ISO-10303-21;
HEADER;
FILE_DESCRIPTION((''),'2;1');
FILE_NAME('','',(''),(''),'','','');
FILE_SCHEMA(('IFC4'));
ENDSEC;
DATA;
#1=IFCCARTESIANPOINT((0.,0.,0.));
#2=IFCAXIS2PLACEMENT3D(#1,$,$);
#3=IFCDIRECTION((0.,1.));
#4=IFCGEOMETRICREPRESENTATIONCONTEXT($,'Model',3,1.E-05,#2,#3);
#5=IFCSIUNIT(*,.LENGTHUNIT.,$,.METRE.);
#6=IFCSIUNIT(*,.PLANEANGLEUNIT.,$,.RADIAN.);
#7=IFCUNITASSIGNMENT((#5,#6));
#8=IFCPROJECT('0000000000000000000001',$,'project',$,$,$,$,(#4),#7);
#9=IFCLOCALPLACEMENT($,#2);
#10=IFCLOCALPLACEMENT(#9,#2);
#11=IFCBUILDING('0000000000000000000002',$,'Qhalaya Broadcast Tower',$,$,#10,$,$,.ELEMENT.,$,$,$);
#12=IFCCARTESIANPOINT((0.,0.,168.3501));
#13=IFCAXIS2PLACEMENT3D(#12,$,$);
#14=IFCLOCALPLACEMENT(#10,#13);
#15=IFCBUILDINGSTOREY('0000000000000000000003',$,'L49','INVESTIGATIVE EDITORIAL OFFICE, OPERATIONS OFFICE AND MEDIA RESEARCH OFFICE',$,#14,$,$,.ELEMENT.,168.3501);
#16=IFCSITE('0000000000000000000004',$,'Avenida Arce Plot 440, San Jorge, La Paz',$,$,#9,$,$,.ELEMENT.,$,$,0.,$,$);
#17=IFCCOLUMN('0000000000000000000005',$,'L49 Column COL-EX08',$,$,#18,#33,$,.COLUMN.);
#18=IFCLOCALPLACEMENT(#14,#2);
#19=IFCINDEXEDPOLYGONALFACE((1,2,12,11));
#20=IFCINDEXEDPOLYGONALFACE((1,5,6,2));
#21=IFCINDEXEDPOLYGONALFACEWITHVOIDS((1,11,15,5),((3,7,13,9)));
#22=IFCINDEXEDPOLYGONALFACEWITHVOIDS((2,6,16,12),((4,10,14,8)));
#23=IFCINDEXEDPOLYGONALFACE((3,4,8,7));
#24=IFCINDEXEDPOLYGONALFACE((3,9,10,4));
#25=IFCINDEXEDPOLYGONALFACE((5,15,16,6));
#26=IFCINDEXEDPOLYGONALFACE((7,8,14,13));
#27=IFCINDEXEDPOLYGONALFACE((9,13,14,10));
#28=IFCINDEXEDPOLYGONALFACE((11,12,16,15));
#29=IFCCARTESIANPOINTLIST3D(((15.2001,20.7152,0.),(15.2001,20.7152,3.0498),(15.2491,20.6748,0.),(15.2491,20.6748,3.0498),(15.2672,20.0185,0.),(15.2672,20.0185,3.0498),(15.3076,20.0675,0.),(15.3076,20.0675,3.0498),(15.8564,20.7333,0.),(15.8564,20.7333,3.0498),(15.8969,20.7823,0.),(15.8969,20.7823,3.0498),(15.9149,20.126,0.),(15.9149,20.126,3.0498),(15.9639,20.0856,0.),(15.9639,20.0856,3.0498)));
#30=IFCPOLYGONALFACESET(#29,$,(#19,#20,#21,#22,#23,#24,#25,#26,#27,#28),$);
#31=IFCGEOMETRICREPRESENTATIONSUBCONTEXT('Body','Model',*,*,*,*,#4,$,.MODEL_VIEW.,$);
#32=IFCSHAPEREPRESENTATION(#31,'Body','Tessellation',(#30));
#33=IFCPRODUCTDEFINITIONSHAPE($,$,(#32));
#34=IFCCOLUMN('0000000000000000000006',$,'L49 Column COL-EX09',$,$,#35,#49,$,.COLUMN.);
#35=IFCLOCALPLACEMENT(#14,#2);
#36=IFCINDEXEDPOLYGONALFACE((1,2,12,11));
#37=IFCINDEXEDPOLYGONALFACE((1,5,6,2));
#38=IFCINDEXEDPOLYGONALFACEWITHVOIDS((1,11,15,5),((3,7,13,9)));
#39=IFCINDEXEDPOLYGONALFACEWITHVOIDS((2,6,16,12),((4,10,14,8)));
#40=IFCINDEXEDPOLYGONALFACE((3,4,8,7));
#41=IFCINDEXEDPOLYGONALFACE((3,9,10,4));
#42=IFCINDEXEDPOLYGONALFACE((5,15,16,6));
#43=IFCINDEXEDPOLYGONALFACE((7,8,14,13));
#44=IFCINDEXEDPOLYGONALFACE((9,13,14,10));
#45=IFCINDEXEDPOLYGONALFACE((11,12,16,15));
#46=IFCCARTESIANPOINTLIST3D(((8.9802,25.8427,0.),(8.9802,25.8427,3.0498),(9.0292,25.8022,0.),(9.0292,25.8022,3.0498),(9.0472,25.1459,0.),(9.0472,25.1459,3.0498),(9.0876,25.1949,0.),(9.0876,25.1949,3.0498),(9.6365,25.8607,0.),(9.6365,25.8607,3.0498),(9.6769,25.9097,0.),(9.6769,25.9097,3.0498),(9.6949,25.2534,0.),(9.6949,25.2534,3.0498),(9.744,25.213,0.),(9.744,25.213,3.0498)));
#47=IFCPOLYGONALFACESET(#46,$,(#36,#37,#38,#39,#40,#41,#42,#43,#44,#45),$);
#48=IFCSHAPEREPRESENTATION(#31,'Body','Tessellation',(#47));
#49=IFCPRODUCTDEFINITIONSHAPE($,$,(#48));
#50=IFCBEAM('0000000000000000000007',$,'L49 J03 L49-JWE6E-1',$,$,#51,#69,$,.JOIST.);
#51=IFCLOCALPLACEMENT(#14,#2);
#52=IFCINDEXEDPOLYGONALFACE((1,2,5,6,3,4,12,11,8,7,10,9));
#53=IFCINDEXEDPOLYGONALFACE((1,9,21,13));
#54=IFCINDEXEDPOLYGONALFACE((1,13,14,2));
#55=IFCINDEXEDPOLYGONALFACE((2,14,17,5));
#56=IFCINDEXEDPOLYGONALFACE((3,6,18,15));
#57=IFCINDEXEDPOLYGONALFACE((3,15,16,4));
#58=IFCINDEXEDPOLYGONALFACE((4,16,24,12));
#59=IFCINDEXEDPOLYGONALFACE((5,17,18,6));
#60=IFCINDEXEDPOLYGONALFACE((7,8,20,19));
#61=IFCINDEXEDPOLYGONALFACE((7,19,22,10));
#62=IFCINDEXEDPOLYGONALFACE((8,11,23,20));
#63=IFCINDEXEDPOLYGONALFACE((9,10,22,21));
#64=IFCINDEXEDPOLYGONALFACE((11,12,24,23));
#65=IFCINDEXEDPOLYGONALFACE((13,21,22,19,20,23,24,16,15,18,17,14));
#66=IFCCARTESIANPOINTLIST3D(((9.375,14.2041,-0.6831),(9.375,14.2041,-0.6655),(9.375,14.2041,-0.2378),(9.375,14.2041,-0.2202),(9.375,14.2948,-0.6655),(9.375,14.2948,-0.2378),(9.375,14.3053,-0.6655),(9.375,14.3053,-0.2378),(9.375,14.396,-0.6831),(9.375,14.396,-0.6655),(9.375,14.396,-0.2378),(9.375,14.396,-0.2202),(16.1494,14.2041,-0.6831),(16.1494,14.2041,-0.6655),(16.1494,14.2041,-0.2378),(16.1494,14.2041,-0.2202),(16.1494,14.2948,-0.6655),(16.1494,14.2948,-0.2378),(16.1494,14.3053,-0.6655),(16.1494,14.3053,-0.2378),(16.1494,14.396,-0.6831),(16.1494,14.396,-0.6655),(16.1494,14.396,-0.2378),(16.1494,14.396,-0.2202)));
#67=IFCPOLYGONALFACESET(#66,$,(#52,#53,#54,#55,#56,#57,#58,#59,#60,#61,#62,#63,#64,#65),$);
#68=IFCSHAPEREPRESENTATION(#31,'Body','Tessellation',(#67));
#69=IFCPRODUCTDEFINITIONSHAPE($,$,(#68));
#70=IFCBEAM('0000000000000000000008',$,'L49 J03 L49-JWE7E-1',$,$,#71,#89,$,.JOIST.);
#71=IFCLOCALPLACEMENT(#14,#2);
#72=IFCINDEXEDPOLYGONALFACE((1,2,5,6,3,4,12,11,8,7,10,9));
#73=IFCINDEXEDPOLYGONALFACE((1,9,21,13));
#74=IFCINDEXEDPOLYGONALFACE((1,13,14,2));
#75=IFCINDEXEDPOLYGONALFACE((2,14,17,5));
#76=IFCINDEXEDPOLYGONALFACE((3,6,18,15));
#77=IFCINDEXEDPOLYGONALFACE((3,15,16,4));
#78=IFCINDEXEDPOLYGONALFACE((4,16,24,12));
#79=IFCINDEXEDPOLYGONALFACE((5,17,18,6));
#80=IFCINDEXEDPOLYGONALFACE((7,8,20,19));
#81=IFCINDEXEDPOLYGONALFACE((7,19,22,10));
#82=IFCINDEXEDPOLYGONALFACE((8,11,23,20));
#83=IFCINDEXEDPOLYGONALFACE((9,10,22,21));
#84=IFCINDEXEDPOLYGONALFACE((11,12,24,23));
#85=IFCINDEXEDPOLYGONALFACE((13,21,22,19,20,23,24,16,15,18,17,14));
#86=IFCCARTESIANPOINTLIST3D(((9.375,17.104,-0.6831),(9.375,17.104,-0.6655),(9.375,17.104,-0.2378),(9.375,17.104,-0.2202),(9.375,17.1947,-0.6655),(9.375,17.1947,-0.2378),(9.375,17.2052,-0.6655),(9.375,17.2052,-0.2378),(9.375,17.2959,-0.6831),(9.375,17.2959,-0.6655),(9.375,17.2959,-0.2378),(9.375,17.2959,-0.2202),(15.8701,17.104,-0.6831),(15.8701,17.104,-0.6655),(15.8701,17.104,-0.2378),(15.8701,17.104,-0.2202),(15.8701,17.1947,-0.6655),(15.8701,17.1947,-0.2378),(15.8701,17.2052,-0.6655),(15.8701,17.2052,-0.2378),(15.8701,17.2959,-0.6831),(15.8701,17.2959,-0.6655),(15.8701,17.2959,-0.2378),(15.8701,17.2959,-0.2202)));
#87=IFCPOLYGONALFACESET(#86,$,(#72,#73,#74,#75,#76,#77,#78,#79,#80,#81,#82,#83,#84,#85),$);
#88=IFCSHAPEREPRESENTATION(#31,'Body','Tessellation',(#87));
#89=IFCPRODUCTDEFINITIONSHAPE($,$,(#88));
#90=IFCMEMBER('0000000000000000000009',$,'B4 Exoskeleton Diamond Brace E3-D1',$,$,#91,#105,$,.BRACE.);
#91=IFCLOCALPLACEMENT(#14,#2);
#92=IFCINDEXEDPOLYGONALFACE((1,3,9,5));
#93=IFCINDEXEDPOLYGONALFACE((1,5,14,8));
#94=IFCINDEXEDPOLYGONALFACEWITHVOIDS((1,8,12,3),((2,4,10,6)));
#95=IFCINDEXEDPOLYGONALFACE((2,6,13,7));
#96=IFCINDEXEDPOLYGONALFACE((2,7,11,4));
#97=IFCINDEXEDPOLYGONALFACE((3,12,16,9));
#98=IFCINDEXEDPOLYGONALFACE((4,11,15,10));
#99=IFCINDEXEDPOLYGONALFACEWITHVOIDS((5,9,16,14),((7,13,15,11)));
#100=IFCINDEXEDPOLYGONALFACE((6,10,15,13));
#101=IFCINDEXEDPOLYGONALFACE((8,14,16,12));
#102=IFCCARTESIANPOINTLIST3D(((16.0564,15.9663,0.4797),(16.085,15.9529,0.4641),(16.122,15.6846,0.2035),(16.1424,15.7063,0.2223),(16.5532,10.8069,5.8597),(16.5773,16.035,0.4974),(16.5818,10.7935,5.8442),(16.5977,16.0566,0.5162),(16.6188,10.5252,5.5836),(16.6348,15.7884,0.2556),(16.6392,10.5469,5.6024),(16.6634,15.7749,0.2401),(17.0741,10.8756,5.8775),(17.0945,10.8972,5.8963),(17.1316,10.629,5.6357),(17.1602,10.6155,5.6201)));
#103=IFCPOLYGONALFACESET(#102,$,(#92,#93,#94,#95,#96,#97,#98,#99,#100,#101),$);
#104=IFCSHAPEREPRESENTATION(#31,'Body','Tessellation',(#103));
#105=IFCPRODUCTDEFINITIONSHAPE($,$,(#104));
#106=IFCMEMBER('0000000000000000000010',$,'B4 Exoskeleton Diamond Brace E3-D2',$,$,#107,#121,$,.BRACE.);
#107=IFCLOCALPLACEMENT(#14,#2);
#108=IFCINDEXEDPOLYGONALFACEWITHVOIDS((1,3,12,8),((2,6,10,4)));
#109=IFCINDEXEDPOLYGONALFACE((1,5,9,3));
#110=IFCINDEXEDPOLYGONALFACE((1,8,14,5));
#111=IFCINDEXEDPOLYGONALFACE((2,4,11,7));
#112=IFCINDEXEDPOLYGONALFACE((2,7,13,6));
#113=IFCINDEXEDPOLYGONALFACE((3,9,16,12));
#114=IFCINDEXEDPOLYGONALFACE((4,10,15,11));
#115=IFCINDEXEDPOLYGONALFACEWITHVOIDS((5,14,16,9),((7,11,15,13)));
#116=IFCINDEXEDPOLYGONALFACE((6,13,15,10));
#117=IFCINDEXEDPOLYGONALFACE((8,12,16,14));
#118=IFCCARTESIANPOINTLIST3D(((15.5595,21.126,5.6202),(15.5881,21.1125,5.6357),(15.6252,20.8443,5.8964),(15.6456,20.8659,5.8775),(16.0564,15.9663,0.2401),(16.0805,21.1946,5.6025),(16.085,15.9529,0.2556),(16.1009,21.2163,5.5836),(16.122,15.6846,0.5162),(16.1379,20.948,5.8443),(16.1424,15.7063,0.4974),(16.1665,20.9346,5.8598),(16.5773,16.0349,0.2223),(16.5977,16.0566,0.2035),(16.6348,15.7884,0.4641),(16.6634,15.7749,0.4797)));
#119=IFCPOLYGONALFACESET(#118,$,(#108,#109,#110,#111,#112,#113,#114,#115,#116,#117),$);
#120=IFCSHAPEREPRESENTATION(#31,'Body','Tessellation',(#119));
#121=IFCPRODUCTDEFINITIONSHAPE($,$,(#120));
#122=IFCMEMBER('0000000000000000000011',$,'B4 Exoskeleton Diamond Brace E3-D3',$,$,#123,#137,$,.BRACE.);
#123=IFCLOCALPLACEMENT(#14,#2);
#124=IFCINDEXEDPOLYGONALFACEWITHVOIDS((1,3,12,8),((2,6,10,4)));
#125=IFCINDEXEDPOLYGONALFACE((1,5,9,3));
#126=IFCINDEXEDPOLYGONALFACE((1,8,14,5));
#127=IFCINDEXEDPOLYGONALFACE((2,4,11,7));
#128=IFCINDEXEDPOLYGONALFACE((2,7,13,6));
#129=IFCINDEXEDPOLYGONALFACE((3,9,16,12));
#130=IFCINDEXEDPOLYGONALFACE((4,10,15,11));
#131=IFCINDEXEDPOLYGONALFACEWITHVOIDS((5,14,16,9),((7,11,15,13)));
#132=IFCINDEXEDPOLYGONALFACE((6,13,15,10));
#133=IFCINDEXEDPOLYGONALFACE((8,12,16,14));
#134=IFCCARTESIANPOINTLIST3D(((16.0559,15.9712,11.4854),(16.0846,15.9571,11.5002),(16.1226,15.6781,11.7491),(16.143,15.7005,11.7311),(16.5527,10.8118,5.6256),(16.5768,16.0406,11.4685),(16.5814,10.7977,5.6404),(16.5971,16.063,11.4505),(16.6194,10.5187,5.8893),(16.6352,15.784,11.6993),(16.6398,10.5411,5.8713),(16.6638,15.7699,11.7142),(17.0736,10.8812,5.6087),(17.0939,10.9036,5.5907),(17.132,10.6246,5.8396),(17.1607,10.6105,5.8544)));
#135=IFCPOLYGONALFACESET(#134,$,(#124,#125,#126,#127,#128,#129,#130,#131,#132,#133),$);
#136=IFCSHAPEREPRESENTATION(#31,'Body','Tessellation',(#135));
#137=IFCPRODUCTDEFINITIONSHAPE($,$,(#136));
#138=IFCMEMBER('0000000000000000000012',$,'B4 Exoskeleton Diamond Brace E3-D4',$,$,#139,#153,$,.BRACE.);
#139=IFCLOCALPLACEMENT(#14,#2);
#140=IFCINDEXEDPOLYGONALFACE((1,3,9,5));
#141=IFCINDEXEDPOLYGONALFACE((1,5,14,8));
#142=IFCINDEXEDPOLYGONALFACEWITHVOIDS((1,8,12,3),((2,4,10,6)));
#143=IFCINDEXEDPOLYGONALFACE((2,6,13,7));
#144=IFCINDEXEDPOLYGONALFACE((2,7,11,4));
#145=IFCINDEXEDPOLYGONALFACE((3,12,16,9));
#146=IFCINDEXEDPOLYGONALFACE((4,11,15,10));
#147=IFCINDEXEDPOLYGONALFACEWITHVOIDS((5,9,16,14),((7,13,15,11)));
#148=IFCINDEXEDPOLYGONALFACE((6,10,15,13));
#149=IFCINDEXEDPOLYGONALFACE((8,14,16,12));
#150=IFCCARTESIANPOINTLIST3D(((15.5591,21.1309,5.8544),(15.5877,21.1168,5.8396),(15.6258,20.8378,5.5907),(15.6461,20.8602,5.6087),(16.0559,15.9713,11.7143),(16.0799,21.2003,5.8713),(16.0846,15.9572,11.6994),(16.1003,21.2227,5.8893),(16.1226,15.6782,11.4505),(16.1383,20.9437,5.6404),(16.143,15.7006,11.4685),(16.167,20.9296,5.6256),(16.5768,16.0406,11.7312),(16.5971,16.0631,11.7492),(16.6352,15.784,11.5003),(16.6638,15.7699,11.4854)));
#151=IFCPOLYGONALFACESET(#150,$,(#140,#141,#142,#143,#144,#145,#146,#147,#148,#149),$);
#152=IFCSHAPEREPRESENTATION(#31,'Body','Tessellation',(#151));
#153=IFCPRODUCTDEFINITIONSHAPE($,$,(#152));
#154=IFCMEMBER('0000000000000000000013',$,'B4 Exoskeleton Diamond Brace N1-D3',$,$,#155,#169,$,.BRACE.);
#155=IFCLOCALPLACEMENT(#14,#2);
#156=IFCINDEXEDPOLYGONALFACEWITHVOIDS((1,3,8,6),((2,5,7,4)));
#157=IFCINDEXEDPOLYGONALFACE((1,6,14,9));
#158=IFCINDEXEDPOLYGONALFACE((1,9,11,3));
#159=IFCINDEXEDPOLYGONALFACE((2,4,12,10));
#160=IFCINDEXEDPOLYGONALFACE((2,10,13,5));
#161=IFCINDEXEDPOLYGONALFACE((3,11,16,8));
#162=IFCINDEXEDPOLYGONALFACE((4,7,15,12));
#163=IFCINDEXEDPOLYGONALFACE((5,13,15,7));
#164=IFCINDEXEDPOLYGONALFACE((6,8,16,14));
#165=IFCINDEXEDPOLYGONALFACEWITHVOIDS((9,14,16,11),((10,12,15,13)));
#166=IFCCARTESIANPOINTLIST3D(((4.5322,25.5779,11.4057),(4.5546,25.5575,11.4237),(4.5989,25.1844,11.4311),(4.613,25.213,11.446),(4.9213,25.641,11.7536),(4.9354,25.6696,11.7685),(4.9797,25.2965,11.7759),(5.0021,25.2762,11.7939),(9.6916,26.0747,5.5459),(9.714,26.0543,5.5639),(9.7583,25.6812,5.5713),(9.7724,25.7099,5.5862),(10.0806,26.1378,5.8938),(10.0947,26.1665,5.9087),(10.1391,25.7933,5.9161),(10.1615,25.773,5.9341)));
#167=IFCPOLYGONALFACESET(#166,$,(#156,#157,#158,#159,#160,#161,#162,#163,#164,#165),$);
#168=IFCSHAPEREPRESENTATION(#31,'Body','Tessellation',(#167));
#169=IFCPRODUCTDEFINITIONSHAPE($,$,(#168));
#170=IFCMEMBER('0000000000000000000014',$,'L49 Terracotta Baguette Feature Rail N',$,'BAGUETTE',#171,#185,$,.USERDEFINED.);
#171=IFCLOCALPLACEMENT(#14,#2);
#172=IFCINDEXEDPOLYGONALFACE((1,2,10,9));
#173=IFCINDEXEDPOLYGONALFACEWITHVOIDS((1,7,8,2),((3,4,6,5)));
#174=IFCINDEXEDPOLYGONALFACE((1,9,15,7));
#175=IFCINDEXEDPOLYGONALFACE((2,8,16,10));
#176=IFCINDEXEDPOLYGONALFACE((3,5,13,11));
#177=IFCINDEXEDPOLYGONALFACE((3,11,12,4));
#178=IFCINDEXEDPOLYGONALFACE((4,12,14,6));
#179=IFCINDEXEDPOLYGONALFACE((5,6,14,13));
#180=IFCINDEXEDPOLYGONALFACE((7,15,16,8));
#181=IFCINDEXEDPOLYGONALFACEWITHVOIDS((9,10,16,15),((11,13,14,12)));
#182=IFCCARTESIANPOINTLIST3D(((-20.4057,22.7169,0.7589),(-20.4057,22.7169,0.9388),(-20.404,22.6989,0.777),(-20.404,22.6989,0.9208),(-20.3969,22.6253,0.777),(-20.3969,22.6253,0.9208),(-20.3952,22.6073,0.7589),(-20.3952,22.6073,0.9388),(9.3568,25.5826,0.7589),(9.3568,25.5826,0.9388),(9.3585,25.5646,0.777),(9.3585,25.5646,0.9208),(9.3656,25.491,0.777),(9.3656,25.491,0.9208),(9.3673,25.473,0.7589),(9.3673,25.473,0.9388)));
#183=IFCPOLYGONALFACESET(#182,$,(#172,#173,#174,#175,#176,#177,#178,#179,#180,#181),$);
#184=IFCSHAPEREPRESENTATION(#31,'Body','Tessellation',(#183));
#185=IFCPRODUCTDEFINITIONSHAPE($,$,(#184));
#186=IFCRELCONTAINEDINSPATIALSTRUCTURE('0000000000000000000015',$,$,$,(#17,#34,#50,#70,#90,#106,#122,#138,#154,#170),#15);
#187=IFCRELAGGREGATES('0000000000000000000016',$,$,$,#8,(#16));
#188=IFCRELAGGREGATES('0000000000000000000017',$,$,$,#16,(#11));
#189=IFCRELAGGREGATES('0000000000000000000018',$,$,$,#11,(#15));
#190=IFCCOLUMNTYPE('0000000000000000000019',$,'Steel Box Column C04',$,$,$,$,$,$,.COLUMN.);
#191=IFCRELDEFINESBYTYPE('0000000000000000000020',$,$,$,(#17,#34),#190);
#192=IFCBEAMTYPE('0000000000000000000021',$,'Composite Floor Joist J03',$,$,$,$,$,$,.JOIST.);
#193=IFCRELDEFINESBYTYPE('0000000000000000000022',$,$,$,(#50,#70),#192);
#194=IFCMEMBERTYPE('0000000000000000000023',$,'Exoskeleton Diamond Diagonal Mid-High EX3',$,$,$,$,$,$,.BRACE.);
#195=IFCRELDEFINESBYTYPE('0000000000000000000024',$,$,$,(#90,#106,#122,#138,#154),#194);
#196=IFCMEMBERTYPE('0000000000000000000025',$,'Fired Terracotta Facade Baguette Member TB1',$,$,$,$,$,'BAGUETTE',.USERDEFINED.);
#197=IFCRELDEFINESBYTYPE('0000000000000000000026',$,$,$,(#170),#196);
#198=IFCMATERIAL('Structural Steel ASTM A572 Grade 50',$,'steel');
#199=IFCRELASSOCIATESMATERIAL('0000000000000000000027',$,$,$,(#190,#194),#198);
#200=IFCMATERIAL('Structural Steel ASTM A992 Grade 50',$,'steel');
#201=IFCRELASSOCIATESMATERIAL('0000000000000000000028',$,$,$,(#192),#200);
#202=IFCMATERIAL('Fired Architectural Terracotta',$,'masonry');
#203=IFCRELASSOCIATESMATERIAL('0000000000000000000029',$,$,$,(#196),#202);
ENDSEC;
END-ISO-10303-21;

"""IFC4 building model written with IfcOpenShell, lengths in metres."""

from ifc_helpers import new_model, si_unit, direction, frame, origin, origin_2d, place, context, subcontext, project, spatial, hollow_rectangle, i_section, extrude, material, material_profile, profile_set, type_object, element, save


model = new_model("IFC4")

# Units and contexts
model_context = context("Model", 3, precision=1e-05, world=origin(), true_north=direction((0.0, 1.0)))
body_context = subcontext(model_context, "Body", "Model", "MODEL_VIEW")
ifc_project = project(units=[si_unit("LENGTHUNIT", "METRE"), si_unit("PLANEANGLEUNIT", "RADIAN")], contexts=[model_context])

# Site, building, storey
site_placement = place(None, origin())
site = spatial("IfcSite", under=ifc_project, at=site_placement, Name="Avenida Arce Plot 440, San Jorge, La Paz", CompositionType="ELEMENT", RefElevation=0.0)
building_placement = place(site_placement, origin())
building = spatial("IfcBuilding", under=site, at=building_placement, Name="Qhalaya Broadcast Tower", CompositionType="ELEMENT")
storey_placement = place(building_placement, frame((0.0, 0.0, 168.3501)))
storey = spatial("IfcBuildingStorey", under=building, at=storey_placement, Name="L49", Description="INVESTIGATIVE EDITORIAL OFFICE, OPERATIONS OFFICE AND MEDIA RESEARCH OFFICE", CompositionType="ELEMENT", Elevation=168.3501)

# Columns
ifc_material_1 = material(Name="Structural Steel ASTM A572 Grade 50", Category="steel")
ifc_material_profile_1 = material_profile(ifc_material_1, hollow_rectangle(XDim=0.7, YDim=0.7, WallThickness=0.0449, at=origin_2d()), Name="BOX 700x700x45")
ifc_profile_set_1 = profile_set([ifc_material_profile_1], Name="Structural Steel ASTM A572 Grade 50")
column_type = type_object("IfcColumnType", Name="Steel Box Column C04", PredefinedType="COLUMN", material=ifc_profile_set_1)
for number, where, z_axis, x_axis, name in (
    (1, (15.582, 20.4004, 0.0), (0.0, 0.0, 1.0), (-0.095846, 0.995396, 0.0), "L49 Column COL-EX08"),
    (2, (9.3621, 25.5278, 0.0), (0.0, 0.0, 1.0), (0.995396, 0.095846, 0.0), "L49 Column COL-EX09"),
):
    element("IfcColumn", number, at=place(storey_placement, frame(where, z_axis=z_axis, x_axis=x_axis)), inside=storey, type_object=column_type, Name=name, PredefinedType="COLUMN", context=body_context, shape_type="SweptSolid", body=[
        extrude(hollow_rectangle(XDim=0.7, YDim=0.7, WallThickness=0.0449, at=origin_2d()), origin(), (0.0, 0.0, 1.0), 3.0498),
    ])

# Beams
ifc_material_2 = material(Name="Structural Steel ASTM A992 Grade 50", Category="steel")
ifc_material_profile_2 = material_profile(ifc_material_2, i_section(OverallWidth=0.1919, OverallDepth=0.4629, WebThickness=0.0105, FlangeThickness=0.0176, at=origin_2d()), Name="W18X60")
ifc_profile_set_2 = profile_set([ifc_material_profile_2], Name="Structural Steel ASTM A992 Grade 50")
beam_type_1 = type_object("IfcBeamType", Name="Composite Floor Joist J03", PredefinedType="JOIST", material=ifc_profile_set_2)
beam_1_placement = place(storey_placement, frame((9.375, 14.3, -0.4517), z_axis=(1.0, 0.0, 0.0), x_axis=(0.0, 1.0, 0.0)))
element("IfcBeam", 3, at=beam_1_placement, inside=storey, type_object=beam_type_1, Name="L49 J03 L49-JWE6E-1", PredefinedType="JOIST", context=body_context, shape_type="SweptSolid", body=[
    extrude(i_section(OverallWidth=0.1919, OverallDepth=0.4629, WebThickness=0.0105, FlangeThickness=0.0176, at=origin_2d()), origin(), (0.0, 0.0, 1.0), 6.7744),
])
beam_2_placement = place(storey_placement, frame((9.375, 17.2, -0.4517), z_axis=(1.0, 0.0, 0.0), x_axis=(0.0, 1.0, 0.0)))
element("IfcBeam", 4, at=beam_2_placement, inside=storey, type_object=beam_type_1, Name="L49 J03 L49-JWE7E-1", PredefinedType="JOIST", context=body_context, shape_type="SweptSolid", body=[
    extrude(i_section(OverallWidth=0.1919, OverallDepth=0.4629, WebThickness=0.0105, FlangeThickness=0.0176, at=origin_2d()), origin(), (0.0, 0.0, 1.0), 6.4951),
])

# Members
ifc_material_profile_3 = material_profile(ifc_material_1, hollow_rectangle(XDim=0.3999, YDim=0.55, WallThickness=0.0249, at=origin_2d()), Name="BOX 400x550x25")
ifc_profile_set_3 = profile_set([ifc_material_profile_3], Name="Structural Steel ASTM A572 Grade 50")
member_type_1 = type_object("IfcMemberType", Name="Exoskeleton Diamond Diagonal Mid-High EX3", PredefinedType="BRACE", material=ifc_profile_set_3)
member_1_placement = place(storey_placement, frame((16.3599, 15.8706, 0.3599), z_axis=(0.066503, -0.690616, 0.720158), x_axis=(-0.164115, 0.704355, 0.690616)))
element("IfcMember", 5, at=member_1_placement, inside=storey, type_object=member_type_1, Name="B4 Exoskeleton Diamond Brace E3-D1", PredefinedType="BRACE", context=body_context, shape_type="SweptSolid", body=[
    extrude(hollow_rectangle(XDim=0.3999, YDim=0.55, WallThickness=0.0249, at=origin_2d()), origin(), (0.0, 0.0, 1.0), 7.4707),
])
member_2_placement = place(storey_placement, frame((16.3599, 15.8706, 0.3599), z_axis=(-0.066501, 0.690633, 0.720142), x_axis=(0.16411, -0.70434, 0.690633)))
element("IfcMember", 6, at=member_2_placement, inside=storey, type_object=member_type_1, Name="B4 Exoskeleton Diamond Brace E3-D2", PredefinedType="BRACE", context=body_context, shape_type="SweptSolid", body=[
    extrude(hollow_rectangle(XDim=0.3999, YDim=0.55, WallThickness=0.0249, at=origin_2d()), origin(), (0.0, 0.0, 1.0), 7.4709),
])
member_3_placement = place(storey_placement, frame((16.8567, 10.7112, 5.74), z_axis=(-0.063506, 0.659492, 0.749024), x_axis=(0.166869, -0.732956, 0.659492)))
element("IfcMember", 7, at=member_3_placement, inside=storey, type_object=member_type_1, Name="B4 Exoskeleton Diamond Brace E3-D3", PredefinedType="BRACE", context=body_context, shape_type="SweptSolid", body=[
    extrude(hollow_rectangle(XDim=0.3999, YDim=0.55, WallThickness=0.0249, at=origin_2d()), origin(), (0.0, 0.0, 1.0), 7.8232),
])
member_4_placement = place(storey_placement, frame((15.863, 21.0303, 5.74), z_axis=(0.063504, -0.65951, 0.749009), x_axis=(-0.166864, 0.732941, 0.65951)))
element("IfcMember", 8, at=member_4_placement, inside=storey, type_object=member_type_1, Name="B4 Exoskeleton Diamond Brace E3-D4", PredefinedType="BRACE", context=body_context, shape_type="SweptSolid", body=[
    extrude(hollow_rectangle(XDim=0.3999, YDim=0.55, WallThickness=0.0249, at=origin_2d()), origin(), (0.0, 0.0, 1.0), 7.8235),
])
member_5_placement = place(storey_placement, frame((9.9265, 25.9238, 5.74), z_axis=(-0.659492, -0.063506, 0.749024), x_axis=(0.16687, -0.983932, 0.063502)))
element("IfcMember", 9, at=member_5_placement, inside=storey, type_object=member_type_1, Name="B4 Exoskeleton Diamond Brace N1-D3", PredefinedType="BRACE", context=body_context, shape_type="SweptSolid", body=[
    extrude(hollow_rectangle(XDim=0.3999, YDim=0.55, WallThickness=0.0249, at=origin_2d()), origin(), (0.0, 0.0, 1.0), 7.8232),
])
ifc_material_3 = material(Name="Fired Architectural Terracotta", Category="masonry")
ifc_material_profile_4 = material_profile(ifc_material_3, hollow_rectangle(XDim=0.1101, YDim=0.1799, WallThickness=0.0181, at=origin_2d()), Name="TB-BAG 110x180x18")
ifc_profile_set_4 = profile_set([ifc_material_profile_4], Name="Fired Architectural Terracotta")
member_type_2 = type_object("IfcMemberType", Name="Fired Terracotta Facade Baguette Member TB1", ElementType="BAGUETTE", PredefinedType="USERDEFINED", material=ifc_profile_set_4)
member_6_placement = place(storey_placement, frame((9.3621, 25.5278, 0.8489), z_axis=(-0.995396, -0.095843, 0.0), x_axis=(0.095843, -0.995396, 0.0)))
element("IfcMember", 10, at=member_6_placement, inside=storey, type_object=member_type_2, Name="L49 Terracotta Baguette Feature Rail N", ObjectType="BAGUETTE", PredefinedType="USERDEFINED", context=body_context, shape_type="SweptSolid", body=[
    extrude(hollow_rectangle(XDim=0.1101, YDim=0.1799, WallThickness=0.0181, at=origin_2d()), origin(), (0.0, 0.0, 1.0), 29.9001),
])

save(model, "model.ifc")
